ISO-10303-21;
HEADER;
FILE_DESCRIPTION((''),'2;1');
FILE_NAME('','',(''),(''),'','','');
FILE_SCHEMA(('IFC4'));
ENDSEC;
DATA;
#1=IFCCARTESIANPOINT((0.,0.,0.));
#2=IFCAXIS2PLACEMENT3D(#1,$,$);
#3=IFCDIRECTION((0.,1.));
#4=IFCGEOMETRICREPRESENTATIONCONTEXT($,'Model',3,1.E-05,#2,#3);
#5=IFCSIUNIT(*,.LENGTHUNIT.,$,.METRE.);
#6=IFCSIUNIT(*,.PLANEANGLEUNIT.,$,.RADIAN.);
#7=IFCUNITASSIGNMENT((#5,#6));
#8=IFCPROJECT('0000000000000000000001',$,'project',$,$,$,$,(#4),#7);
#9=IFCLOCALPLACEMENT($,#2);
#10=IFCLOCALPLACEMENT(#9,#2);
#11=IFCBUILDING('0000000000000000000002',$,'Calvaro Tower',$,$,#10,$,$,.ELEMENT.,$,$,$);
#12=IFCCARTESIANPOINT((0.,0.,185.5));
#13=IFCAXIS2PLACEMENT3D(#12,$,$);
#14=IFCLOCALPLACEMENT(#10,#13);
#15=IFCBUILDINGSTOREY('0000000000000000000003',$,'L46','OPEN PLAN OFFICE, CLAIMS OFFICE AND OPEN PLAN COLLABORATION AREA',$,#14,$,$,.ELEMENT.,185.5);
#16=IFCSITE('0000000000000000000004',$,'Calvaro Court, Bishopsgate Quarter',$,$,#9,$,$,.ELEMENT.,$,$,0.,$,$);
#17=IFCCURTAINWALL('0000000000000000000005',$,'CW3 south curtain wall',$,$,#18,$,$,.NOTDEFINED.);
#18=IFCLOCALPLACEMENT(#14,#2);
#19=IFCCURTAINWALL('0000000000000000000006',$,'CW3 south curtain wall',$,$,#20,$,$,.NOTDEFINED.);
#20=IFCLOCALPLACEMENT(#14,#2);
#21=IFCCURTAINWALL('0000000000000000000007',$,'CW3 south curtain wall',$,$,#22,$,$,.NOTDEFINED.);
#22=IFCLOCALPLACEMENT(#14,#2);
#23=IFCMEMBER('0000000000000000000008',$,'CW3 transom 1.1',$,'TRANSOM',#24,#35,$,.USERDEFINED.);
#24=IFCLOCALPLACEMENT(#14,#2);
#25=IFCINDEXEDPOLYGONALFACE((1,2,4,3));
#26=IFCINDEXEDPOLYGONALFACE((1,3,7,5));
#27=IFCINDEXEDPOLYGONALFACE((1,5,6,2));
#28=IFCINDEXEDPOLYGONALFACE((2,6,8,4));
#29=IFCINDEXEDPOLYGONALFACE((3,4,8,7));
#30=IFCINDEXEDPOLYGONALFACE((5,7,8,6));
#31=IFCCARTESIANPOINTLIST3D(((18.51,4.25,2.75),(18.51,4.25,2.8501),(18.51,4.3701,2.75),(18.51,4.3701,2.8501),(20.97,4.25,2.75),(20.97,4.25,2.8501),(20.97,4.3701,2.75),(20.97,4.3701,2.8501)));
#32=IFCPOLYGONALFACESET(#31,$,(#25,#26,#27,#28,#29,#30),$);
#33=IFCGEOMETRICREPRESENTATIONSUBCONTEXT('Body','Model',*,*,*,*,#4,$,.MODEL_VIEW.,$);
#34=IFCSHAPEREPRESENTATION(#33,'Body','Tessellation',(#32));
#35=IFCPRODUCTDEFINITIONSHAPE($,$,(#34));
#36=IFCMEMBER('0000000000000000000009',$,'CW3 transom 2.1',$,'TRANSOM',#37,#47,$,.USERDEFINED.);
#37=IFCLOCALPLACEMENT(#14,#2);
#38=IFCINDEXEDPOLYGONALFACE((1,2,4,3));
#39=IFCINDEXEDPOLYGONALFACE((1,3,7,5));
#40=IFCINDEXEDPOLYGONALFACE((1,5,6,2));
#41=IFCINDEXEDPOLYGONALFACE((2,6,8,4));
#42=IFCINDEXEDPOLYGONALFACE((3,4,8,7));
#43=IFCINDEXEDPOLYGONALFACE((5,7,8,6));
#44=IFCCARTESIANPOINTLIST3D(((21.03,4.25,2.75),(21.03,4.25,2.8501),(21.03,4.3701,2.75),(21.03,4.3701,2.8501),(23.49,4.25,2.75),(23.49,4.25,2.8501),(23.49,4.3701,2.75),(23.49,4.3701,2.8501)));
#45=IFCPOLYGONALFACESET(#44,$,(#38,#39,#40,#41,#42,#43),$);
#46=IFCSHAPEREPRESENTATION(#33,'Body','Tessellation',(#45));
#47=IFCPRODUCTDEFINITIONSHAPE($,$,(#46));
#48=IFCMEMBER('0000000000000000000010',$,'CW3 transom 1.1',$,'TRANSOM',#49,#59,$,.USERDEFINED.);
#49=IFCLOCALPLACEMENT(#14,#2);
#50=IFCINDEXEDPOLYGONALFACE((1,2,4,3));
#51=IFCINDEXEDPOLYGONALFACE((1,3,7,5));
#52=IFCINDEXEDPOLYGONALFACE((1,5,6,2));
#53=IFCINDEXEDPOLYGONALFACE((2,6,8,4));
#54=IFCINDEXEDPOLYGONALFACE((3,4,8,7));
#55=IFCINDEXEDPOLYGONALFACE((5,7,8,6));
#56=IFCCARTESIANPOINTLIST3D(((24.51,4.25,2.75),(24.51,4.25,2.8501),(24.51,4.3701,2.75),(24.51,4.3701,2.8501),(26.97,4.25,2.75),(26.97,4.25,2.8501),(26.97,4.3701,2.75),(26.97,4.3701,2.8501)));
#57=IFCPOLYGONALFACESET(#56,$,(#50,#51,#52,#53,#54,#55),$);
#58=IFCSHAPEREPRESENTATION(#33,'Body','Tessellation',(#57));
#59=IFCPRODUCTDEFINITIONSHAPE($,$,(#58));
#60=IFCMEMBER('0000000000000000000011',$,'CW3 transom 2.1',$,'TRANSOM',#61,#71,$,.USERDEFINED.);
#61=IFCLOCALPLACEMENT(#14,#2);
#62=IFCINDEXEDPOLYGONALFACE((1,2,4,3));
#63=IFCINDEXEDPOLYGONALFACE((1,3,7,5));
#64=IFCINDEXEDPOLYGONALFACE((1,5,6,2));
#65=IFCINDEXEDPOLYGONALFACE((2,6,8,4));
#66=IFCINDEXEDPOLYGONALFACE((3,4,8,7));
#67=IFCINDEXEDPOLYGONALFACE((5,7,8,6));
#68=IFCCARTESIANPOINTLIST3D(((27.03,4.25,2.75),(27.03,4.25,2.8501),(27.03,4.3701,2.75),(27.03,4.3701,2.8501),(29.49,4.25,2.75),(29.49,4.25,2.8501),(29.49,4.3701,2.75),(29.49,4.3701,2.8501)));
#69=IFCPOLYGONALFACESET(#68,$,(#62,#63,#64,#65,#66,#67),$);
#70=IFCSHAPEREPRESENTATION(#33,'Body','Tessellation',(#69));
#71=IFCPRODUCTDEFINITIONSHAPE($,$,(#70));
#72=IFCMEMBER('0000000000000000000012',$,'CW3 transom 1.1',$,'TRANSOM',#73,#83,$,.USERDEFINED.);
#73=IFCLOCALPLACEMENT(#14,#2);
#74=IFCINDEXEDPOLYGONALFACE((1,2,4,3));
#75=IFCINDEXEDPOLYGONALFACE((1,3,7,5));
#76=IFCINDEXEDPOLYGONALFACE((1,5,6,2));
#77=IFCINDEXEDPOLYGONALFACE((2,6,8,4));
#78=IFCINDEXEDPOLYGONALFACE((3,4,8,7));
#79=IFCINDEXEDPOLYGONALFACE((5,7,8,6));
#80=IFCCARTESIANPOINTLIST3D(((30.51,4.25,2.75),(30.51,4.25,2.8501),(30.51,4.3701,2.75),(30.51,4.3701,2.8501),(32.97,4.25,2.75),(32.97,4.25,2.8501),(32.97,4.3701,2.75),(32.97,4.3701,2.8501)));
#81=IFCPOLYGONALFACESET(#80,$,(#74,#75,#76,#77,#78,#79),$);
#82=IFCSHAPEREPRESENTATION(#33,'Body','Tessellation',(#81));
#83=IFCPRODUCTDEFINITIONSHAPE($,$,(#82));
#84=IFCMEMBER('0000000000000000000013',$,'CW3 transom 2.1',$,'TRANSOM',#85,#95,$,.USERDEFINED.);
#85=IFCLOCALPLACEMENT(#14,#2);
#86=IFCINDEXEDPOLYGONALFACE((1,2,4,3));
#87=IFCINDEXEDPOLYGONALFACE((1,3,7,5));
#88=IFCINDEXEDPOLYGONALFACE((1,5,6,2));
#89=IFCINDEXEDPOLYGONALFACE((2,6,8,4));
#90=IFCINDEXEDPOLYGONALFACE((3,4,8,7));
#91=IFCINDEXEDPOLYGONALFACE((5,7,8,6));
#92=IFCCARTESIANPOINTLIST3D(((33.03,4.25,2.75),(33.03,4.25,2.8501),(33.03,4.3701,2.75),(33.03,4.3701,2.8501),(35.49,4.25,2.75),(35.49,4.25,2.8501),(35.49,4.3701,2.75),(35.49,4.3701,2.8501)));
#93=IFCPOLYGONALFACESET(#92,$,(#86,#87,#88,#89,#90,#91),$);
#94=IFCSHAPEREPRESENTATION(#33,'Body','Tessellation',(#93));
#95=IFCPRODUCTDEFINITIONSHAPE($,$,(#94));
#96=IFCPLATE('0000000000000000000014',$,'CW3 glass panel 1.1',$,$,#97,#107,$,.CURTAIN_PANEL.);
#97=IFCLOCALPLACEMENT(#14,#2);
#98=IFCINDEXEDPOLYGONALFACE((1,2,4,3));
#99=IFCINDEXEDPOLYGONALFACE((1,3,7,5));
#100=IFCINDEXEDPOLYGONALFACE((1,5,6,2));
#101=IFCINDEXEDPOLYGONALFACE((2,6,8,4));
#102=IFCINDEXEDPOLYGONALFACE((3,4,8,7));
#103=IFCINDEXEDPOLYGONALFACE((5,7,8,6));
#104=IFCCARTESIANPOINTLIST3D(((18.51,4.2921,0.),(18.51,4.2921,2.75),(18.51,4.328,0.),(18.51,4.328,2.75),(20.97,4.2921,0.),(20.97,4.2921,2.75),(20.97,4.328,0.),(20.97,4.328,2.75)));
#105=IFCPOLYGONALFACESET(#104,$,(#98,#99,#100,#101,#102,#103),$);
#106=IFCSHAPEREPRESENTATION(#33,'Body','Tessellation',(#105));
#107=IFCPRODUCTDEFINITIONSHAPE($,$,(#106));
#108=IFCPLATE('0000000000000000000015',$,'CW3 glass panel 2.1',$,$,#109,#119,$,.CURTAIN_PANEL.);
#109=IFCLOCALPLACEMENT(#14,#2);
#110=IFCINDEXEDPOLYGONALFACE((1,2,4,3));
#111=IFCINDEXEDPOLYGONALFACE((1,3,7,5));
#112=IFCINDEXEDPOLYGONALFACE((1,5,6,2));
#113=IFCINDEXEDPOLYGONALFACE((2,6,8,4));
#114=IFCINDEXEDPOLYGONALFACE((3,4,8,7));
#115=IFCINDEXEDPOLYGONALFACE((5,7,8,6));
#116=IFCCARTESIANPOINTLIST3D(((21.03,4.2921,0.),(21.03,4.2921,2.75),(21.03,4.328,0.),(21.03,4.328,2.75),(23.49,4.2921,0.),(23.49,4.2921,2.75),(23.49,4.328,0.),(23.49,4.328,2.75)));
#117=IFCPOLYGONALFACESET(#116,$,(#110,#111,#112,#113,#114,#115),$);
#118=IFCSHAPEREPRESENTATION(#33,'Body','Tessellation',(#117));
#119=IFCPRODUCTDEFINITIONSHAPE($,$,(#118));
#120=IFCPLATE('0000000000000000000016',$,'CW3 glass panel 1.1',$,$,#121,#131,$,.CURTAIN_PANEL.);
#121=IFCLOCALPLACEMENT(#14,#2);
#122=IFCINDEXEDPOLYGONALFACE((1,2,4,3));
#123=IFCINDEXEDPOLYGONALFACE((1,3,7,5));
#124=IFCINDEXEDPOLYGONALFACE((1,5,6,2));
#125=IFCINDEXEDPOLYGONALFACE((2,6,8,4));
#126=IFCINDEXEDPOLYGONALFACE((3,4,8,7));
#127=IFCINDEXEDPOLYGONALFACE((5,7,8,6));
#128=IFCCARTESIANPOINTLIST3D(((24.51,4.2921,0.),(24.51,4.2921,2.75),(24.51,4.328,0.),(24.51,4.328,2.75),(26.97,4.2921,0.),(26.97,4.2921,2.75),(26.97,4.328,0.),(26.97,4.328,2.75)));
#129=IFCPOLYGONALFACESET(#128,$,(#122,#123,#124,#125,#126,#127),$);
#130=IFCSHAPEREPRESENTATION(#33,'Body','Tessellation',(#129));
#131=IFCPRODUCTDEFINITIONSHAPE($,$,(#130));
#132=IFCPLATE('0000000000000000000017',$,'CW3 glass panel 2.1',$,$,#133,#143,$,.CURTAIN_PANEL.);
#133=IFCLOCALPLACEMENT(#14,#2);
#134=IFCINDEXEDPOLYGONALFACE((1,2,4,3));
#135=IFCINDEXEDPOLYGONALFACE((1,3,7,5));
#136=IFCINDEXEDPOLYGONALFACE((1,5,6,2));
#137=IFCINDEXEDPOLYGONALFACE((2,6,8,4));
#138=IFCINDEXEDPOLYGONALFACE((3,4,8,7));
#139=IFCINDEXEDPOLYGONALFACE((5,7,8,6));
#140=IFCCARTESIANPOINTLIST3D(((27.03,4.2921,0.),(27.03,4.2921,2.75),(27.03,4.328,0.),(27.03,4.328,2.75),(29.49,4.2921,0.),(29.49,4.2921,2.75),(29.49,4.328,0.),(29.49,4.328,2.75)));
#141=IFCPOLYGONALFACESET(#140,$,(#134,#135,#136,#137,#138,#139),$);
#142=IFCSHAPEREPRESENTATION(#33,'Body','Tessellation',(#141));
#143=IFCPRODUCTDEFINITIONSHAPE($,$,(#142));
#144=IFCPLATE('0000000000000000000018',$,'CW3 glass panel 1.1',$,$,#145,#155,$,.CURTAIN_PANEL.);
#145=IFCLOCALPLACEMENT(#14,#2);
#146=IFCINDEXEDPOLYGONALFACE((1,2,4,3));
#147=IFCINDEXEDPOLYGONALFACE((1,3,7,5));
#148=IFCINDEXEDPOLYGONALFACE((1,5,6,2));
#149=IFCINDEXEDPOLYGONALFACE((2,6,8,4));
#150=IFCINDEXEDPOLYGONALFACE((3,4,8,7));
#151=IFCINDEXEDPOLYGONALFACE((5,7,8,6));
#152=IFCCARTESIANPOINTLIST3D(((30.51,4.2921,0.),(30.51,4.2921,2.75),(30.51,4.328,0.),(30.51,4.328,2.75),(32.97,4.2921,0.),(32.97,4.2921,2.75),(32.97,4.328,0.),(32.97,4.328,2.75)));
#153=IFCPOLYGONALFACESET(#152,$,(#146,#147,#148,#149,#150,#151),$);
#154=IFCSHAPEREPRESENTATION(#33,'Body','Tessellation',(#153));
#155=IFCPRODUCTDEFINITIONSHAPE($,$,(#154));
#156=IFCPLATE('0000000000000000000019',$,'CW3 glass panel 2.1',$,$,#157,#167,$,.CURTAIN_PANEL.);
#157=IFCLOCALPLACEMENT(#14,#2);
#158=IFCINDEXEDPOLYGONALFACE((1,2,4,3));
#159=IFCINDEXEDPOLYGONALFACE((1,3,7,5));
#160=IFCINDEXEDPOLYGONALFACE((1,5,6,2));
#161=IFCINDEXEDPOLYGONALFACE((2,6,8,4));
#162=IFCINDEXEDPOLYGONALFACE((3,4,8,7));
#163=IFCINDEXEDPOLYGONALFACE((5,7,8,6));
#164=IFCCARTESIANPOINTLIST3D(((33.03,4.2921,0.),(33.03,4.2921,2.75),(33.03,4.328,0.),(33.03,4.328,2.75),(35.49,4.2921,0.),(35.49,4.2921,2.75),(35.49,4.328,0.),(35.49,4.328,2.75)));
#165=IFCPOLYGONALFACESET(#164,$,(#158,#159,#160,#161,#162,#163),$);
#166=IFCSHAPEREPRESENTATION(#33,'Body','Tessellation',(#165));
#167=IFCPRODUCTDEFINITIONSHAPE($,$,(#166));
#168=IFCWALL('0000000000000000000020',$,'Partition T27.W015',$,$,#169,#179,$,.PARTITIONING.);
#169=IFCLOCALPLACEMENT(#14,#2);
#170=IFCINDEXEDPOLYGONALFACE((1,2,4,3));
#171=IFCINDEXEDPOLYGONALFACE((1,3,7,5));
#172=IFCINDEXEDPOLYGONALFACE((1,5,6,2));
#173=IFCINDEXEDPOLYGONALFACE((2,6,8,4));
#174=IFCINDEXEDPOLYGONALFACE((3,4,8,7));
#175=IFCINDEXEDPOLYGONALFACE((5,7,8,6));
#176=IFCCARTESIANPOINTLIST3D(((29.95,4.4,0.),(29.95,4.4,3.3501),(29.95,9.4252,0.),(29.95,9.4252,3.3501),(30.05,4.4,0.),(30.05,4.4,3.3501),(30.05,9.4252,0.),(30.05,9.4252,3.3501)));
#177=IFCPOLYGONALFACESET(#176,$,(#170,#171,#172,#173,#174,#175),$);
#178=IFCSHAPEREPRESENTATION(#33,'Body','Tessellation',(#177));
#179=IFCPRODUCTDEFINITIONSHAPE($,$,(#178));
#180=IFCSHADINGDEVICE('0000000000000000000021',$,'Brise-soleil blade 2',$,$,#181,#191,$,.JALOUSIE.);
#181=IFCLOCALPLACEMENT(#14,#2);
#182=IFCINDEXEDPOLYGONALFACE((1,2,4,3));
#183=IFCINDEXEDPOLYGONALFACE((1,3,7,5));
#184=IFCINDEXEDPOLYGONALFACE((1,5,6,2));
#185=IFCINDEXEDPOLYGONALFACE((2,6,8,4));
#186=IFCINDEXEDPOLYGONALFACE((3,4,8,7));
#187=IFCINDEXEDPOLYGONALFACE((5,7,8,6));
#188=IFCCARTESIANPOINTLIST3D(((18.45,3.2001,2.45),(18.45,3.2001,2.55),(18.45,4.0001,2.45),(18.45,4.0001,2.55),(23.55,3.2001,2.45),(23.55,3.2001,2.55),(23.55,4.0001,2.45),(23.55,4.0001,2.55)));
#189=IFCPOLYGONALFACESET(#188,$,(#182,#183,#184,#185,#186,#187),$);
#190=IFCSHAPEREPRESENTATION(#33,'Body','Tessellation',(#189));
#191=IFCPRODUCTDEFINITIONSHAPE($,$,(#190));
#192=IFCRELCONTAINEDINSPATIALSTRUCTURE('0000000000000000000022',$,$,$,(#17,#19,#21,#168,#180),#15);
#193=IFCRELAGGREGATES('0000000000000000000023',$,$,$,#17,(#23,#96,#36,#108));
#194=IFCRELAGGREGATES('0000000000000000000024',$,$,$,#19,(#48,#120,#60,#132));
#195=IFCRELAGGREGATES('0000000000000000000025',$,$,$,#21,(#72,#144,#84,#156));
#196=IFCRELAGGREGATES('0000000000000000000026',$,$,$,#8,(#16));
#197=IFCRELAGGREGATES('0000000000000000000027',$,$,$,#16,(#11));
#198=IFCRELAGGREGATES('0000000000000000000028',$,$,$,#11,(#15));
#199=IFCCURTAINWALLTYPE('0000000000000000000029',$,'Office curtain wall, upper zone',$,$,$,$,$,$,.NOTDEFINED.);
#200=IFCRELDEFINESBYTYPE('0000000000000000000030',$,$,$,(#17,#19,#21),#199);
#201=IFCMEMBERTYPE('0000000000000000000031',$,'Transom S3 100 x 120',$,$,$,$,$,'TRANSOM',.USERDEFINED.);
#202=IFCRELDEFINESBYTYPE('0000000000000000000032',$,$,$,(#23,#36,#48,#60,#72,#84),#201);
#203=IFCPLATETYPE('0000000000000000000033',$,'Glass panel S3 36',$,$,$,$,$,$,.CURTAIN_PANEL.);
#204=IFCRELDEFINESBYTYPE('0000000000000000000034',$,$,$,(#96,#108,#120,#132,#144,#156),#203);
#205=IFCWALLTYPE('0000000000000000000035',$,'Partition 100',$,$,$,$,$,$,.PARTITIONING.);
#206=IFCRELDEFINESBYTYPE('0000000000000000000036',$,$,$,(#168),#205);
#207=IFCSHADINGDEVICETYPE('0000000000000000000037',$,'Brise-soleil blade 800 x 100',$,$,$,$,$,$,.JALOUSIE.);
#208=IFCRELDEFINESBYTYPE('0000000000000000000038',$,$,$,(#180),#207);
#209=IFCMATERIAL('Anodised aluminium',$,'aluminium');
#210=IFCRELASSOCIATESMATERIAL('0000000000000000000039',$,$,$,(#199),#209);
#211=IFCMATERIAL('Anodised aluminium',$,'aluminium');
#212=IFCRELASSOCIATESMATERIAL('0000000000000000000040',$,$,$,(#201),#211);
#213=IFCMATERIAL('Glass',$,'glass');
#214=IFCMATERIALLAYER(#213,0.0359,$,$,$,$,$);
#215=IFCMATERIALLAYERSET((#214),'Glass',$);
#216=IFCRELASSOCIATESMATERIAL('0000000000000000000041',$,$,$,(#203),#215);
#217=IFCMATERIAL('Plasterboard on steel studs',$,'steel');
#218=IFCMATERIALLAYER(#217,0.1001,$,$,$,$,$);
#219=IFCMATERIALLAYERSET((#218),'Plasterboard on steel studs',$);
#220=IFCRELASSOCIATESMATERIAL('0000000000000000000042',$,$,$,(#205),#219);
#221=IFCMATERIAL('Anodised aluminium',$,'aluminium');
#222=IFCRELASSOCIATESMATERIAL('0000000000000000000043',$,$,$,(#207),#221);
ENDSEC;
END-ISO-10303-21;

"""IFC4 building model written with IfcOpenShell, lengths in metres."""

from ifc_helpers import new_model, si_unit, direction, frame, frame_2d, origin, origin_2d, place, context, subcontext, project, spatial, rectangle, extrude, material, layer, layer_set, material_profile, profile_set, type_object, element, aggregate, save


model = new_model("IFC4")

# Units and contexts
model_context = context("Model", 3, precision=1e-05, world=origin(), true_north=direction((0.0, 1.0)))
body_context = subcontext(model_context, "Body", "Model", "MODEL_VIEW")
ifc_project = project(units=[si_unit("LENGTHUNIT", "METRE"), si_unit("PLANEANGLEUNIT", "RADIAN")], contexts=[model_context])

# Site, building, storey
site_placement = place(None, origin())
site = spatial("IfcSite", under=ifc_project, at=site_placement, Name="Calvaro Court, Bishopsgate Quarter", CompositionType="ELEMENT", RefElevation=0.0)
building_placement = place(site_placement, origin())
building = spatial("IfcBuilding", under=site, at=building_placement, Name="Calvaro Tower", CompositionType="ELEMENT")
storey_placement = place(building_placement, frame((0.0, 0.0, 185.5)))
storey = spatial("IfcBuildingStorey", under=building, at=storey_placement, Name="L46", Description="OPEN PLAN OFFICE, CLAIMS OFFICE AND OPEN PLAN COLLABORATION AREA", CompositionType="ELEMENT", Elevation=185.5)

# Shared definitions
ifc_material_1 = material(Name="Anodised aluminium", Category="aluminium")
curtain_wall_type = type_object("IfcCurtainWallType", Name="Office curtain wall, upper zone", PredefinedType="NOTDEFINED", material=ifc_material_1)

# Curtain walls
curtain_wall_1_placement = place(storey_placement, origin())
curtain_wall_1 = element("IfcCurtainWall", 1, at=curtain_wall_1_placement, inside=storey, type_object=curtain_wall_type, Name="CW3 south curtain wall", PredefinedType="NOTDEFINED")
curtain_wall_2_placement = place(storey_placement, origin())
curtain_wall_2 = element("IfcCurtainWall", 2, at=curtain_wall_2_placement, inside=storey, type_object=curtain_wall_type, Name="CW3 south curtain wall", PredefinedType="NOTDEFINED")
curtain_wall_3_placement = place(storey_placement, origin())
curtain_wall_3 = element("IfcCurtainWall", 3, at=curtain_wall_3_placement, inside=storey, type_object=curtain_wall_type, Name="CW3 south curtain wall", PredefinedType="NOTDEFINED")

# Members
ifc_material_2 = material(Name="Anodised aluminium", Category="aluminium")
ifc_material_profile_1 = material_profile(ifc_material_2, rectangle(XDim=0.1201, YDim=0.1001, at=origin_2d()), Name="Transom S3 100 x 120")
ifc_profile_set_1 = profile_set([ifc_material_profile_1], Name="Anodised aluminium")
member_type_1 = type_object("IfcMemberType", Name="Transom S3 100 x 120", ElementType="TRANSOM", PredefinedType="USERDEFINED", material=ifc_profile_set_1)
member_1_placement = place(storey_placement, frame((18.51, 4.3101, 2.8), z_axis=(1.0, 0.0, 0.0), x_axis=(0.0, 1.0, 0.0)))
member_1 = element("IfcMember", 4, at=member_1_placement, type_object=member_type_1, Name="CW3 transom 1.1", ObjectType="TRANSOM", PredefinedType="USERDEFINED", context=body_context, shape_type="SweptSolid", body=[
    extrude(rectangle(XDim=0.1201, YDim=0.1001, at=origin_2d()), origin(), (0.0, 0.0, 1.0), 2.46),
])
member_2_placement = place(storey_placement, frame((21.03, 4.3101, 2.8), z_axis=(1.0, 0.0, 0.0), x_axis=(0.0, 1.0, 0.0)))
member_2 = element("IfcMember", 5, at=member_2_placement, type_object=member_type_1, Name="CW3 transom 2.1", ObjectType="TRANSOM", PredefinedType="USERDEFINED", context=body_context, shape_type="SweptSolid", body=[
    extrude(rectangle(XDim=0.1201, YDim=0.1001, at=origin_2d()), origin(), (0.0, 0.0, 1.0), 2.46),
])
member_3_placement = place(storey_placement, frame((24.51, 4.3101, 2.8), z_axis=(1.0, 0.0, 0.0), x_axis=(0.0, 1.0, 0.0)))
member_3 = element("IfcMember", 6, at=member_3_placement, type_object=member_type_1, Name="CW3 transom 1.1", ObjectType="TRANSOM", PredefinedType="USERDEFINED", context=body_context, shape_type="SweptSolid", body=[
    extrude(rectangle(XDim=0.1201, YDim=0.1001, at=origin_2d()), origin(), (0.0, 0.0, 1.0), 2.46),
])
member_4_placement = place(storey_placement, frame((27.03, 4.3101, 2.8), z_axis=(1.0, 0.0, 0.0), x_axis=(0.0, 1.0, 0.0)))
member_4 = element("IfcMember", 7, at=member_4_placement, type_object=member_type_1, Name="CW3 transom 2.1", ObjectType="TRANSOM", PredefinedType="USERDEFINED", context=body_context, shape_type="SweptSolid", body=[
    extrude(rectangle(XDim=0.1201, YDim=0.1001, at=origin_2d()), origin(), (0.0, 0.0, 1.0), 2.46),
])
member_5_placement = place(storey_placement, frame((30.51, 4.3101, 2.8), z_axis=(1.0, 0.0, 0.0), x_axis=(0.0, 1.0, 0.0)))
member_5 = element("IfcMember", 8, at=member_5_placement, type_object=member_type_1, Name="CW3 transom 1.1", ObjectType="TRANSOM", PredefinedType="USERDEFINED", context=body_context, shape_type="SweptSolid", body=[
    extrude(rectangle(XDim=0.1201, YDim=0.1001, at=origin_2d()), origin(), (0.0, 0.0, 1.0), 2.46),
])
member_6_placement = place(storey_placement, frame((33.03, 4.3101, 2.8), z_axis=(1.0, 0.0, 0.0), x_axis=(0.0, 1.0, 0.0)))
member_6 = element("IfcMember", 9, at=member_6_placement, type_object=member_type_1, Name="CW3 transom 2.1", ObjectType="TRANSOM", PredefinedType="USERDEFINED", context=body_context, shape_type="SweptSolid", body=[
    extrude(rectangle(XDim=0.1201, YDim=0.1001, at=origin_2d()), origin(), (0.0, 0.0, 1.0), 2.46),
])

# Plates
ifc_material_3 = material(Name="Glass", Category="glass")
ifc_layer_1 = layer(ifc_material_3, 0.0359)
ifc_layer_set_1 = layer_set([ifc_layer_1], Name="Glass")
plate_type = type_object("IfcPlateType", Name="Glass panel S3 36", PredefinedType="CURTAIN_PANEL", material=ifc_layer_set_1)
plate_1_placement = place(storey_placement, frame((19.74, 4.3101, 0.0), z_axis=(0.0, 0.0, 1.0), x_axis=(1.0, 0.0, 0.0)))
plate_1 = element("IfcPlate", 10, at=plate_1_placement, type_object=plate_type, Name="CW3 glass panel 1.1", PredefinedType="CURTAIN_PANEL", context=body_context, shape_type="SweptSolid", body=[
    extrude(rectangle(XDim=2.46, YDim=0.0359, at=origin_2d()), origin(), (0.0, 0.0, 1.0), 2.75),
])
plate_2_placement = place(storey_placement, frame((22.26, 4.3101, 0.0), z_axis=(0.0, 0.0, 1.0), x_axis=(1.0, 0.0, 0.0)))
plate_2 = element("IfcPlate", 11, at=plate_2_placement, type_object=plate_type, Name="CW3 glass panel 2.1", PredefinedType="CURTAIN_PANEL", context=body_context, shape_type="SweptSolid", body=[
    extrude(rectangle(XDim=2.46, YDim=0.0359, at=origin_2d()), origin(), (0.0, 0.0, 1.0), 2.75),
])
aggregate(curtain_wall_1, [member_1, plate_1, member_2, plate_2])
plate_3_placement = place(storey_placement, frame((25.74, 4.3101, 0.0), z_axis=(0.0, 0.0, 1.0), x_axis=(1.0, 0.0, 0.0)))
plate_3 = element("IfcPlate", 12, at=plate_3_placement, type_object=plate_type, Name="CW3 glass panel 1.1", PredefinedType="CURTAIN_PANEL", context=body_context, shape_type="SweptSolid", body=[
    extrude(rectangle(XDim=2.46, YDim=0.0359, at=origin_2d()), origin(), (0.0, 0.0, 1.0), 2.75),
])
plate_4_placement = place(storey_placement, frame((28.26, 4.3101, 0.0), z_axis=(0.0, 0.0, 1.0), x_axis=(1.0, 0.0, 0.0)))
plate_4 = element("IfcPlate", 13, at=plate_4_placement, type_object=plate_type, Name="CW3 glass panel 2.1", PredefinedType="CURTAIN_PANEL", context=body_context, shape_type="SweptSolid", body=[
    extrude(rectangle(XDim=2.46, YDim=0.0359, at=origin_2d()), origin(), (0.0, 0.0, 1.0), 2.75),
])
aggregate(curtain_wall_2, [member_3, plate_3, member_4, plate_4])
plate_5_placement = place(storey_placement, frame((31.74, 4.3101, 0.0), z_axis=(0.0, 0.0, 1.0), x_axis=(1.0, 0.0, 0.0)))
plate_5 = element("IfcPlate", 14, at=plate_5_placement, type_object=plate_type, Name="CW3 glass panel 1.1", PredefinedType="CURTAIN_PANEL", context=body_context, shape_type="SweptSolid", body=[
    extrude(rectangle(XDim=2.46, YDim=0.0359, at=origin_2d()), origin(), (0.0, 0.0, 1.0), 2.75),
])
plate_6_placement = place(storey_placement, frame((34.26, 4.3101, 0.0), z_axis=(0.0, 0.0, 1.0), x_axis=(1.0, 0.0, 0.0)))
plate_6 = element("IfcPlate", 15, at=plate_6_placement, type_object=plate_type, Name="CW3 glass panel 2.1", PredefinedType="CURTAIN_PANEL", context=body_context, shape_type="SweptSolid", body=[
    extrude(rectangle(XDim=2.46, YDim=0.0359, at=origin_2d()), origin(), (0.0, 0.0, 1.0), 2.75),
])
aggregate(curtain_wall_3, [member_5, plate_5, member_6, plate_6])

# Wall
ifc_material_4 = material(Name="Plasterboard on steel studs", Category="steel")
ifc_layer_2 = layer(ifc_material_4, 0.1001)
ifc_layer_set_2 = layer_set([ifc_layer_2], Name="Plasterboard on steel studs")
wall_type = type_object("IfcWallType", Name="Partition 100", PredefinedType="PARTITIONING", material=ifc_layer_set_2)
wall_placement = place(storey_placement, frame((30.0, 4.3999, 0.0), z_axis=(0.0, 0.0, 1.0), x_axis=(0.0, 1.0, 0.0)))
element("IfcWall", 16, at=wall_placement, inside=storey, type_object=wall_type, Name="Partition T27.W015", PredefinedType="PARTITIONING", context=body_context, shape_type="SweptSolid", body=[
    extrude(rectangle(XDim=5.0251, YDim=0.1001, at=frame_2d((2.5127, 0.0))), origin(), (0.0, 0.0, 1.0), 3.3501),
])

# Shading device
ifc_material_5 = material(Name="Anodised aluminium", Category="aluminium")
ifc_material_profile_2 = material_profile(ifc_material_5, rectangle(XDim=0.8, YDim=0.1001, at=origin_2d()), Name="Brise-soleil blade 800 x 100")
ifc_profile_set_2 = profile_set([ifc_material_profile_2], Name="Anodised aluminium")
shading_device_type = type_object("IfcShadingDeviceType", Name="Brise-soleil blade 800 x 100", PredefinedType="JALOUSIE", material=ifc_profile_set_2)
for number, where, z_axis, x_axis, name in (
    (17, (18.45, 3.6001, 2.5), (1.0, 0.0, 0.0), (0.0, 1.0, 0.0), "Brise-soleil blade 2"),
):
    element("IfcShadingDevice", number, at=place(storey_placement, frame(where, z_axis=z_axis, x_axis=x_axis)), inside=storey, type_object=shading_device_type, Name=name, PredefinedType="JALOUSIE", context=body_context, shape_type="SweptSolid", body=[
        extrude(rectangle(XDim=0.8, YDim=0.1001, at=origin_2d()), origin(), (0.0, 0.0, 1.0), 5.1001),
    ])

save(model, "model.ifc")
